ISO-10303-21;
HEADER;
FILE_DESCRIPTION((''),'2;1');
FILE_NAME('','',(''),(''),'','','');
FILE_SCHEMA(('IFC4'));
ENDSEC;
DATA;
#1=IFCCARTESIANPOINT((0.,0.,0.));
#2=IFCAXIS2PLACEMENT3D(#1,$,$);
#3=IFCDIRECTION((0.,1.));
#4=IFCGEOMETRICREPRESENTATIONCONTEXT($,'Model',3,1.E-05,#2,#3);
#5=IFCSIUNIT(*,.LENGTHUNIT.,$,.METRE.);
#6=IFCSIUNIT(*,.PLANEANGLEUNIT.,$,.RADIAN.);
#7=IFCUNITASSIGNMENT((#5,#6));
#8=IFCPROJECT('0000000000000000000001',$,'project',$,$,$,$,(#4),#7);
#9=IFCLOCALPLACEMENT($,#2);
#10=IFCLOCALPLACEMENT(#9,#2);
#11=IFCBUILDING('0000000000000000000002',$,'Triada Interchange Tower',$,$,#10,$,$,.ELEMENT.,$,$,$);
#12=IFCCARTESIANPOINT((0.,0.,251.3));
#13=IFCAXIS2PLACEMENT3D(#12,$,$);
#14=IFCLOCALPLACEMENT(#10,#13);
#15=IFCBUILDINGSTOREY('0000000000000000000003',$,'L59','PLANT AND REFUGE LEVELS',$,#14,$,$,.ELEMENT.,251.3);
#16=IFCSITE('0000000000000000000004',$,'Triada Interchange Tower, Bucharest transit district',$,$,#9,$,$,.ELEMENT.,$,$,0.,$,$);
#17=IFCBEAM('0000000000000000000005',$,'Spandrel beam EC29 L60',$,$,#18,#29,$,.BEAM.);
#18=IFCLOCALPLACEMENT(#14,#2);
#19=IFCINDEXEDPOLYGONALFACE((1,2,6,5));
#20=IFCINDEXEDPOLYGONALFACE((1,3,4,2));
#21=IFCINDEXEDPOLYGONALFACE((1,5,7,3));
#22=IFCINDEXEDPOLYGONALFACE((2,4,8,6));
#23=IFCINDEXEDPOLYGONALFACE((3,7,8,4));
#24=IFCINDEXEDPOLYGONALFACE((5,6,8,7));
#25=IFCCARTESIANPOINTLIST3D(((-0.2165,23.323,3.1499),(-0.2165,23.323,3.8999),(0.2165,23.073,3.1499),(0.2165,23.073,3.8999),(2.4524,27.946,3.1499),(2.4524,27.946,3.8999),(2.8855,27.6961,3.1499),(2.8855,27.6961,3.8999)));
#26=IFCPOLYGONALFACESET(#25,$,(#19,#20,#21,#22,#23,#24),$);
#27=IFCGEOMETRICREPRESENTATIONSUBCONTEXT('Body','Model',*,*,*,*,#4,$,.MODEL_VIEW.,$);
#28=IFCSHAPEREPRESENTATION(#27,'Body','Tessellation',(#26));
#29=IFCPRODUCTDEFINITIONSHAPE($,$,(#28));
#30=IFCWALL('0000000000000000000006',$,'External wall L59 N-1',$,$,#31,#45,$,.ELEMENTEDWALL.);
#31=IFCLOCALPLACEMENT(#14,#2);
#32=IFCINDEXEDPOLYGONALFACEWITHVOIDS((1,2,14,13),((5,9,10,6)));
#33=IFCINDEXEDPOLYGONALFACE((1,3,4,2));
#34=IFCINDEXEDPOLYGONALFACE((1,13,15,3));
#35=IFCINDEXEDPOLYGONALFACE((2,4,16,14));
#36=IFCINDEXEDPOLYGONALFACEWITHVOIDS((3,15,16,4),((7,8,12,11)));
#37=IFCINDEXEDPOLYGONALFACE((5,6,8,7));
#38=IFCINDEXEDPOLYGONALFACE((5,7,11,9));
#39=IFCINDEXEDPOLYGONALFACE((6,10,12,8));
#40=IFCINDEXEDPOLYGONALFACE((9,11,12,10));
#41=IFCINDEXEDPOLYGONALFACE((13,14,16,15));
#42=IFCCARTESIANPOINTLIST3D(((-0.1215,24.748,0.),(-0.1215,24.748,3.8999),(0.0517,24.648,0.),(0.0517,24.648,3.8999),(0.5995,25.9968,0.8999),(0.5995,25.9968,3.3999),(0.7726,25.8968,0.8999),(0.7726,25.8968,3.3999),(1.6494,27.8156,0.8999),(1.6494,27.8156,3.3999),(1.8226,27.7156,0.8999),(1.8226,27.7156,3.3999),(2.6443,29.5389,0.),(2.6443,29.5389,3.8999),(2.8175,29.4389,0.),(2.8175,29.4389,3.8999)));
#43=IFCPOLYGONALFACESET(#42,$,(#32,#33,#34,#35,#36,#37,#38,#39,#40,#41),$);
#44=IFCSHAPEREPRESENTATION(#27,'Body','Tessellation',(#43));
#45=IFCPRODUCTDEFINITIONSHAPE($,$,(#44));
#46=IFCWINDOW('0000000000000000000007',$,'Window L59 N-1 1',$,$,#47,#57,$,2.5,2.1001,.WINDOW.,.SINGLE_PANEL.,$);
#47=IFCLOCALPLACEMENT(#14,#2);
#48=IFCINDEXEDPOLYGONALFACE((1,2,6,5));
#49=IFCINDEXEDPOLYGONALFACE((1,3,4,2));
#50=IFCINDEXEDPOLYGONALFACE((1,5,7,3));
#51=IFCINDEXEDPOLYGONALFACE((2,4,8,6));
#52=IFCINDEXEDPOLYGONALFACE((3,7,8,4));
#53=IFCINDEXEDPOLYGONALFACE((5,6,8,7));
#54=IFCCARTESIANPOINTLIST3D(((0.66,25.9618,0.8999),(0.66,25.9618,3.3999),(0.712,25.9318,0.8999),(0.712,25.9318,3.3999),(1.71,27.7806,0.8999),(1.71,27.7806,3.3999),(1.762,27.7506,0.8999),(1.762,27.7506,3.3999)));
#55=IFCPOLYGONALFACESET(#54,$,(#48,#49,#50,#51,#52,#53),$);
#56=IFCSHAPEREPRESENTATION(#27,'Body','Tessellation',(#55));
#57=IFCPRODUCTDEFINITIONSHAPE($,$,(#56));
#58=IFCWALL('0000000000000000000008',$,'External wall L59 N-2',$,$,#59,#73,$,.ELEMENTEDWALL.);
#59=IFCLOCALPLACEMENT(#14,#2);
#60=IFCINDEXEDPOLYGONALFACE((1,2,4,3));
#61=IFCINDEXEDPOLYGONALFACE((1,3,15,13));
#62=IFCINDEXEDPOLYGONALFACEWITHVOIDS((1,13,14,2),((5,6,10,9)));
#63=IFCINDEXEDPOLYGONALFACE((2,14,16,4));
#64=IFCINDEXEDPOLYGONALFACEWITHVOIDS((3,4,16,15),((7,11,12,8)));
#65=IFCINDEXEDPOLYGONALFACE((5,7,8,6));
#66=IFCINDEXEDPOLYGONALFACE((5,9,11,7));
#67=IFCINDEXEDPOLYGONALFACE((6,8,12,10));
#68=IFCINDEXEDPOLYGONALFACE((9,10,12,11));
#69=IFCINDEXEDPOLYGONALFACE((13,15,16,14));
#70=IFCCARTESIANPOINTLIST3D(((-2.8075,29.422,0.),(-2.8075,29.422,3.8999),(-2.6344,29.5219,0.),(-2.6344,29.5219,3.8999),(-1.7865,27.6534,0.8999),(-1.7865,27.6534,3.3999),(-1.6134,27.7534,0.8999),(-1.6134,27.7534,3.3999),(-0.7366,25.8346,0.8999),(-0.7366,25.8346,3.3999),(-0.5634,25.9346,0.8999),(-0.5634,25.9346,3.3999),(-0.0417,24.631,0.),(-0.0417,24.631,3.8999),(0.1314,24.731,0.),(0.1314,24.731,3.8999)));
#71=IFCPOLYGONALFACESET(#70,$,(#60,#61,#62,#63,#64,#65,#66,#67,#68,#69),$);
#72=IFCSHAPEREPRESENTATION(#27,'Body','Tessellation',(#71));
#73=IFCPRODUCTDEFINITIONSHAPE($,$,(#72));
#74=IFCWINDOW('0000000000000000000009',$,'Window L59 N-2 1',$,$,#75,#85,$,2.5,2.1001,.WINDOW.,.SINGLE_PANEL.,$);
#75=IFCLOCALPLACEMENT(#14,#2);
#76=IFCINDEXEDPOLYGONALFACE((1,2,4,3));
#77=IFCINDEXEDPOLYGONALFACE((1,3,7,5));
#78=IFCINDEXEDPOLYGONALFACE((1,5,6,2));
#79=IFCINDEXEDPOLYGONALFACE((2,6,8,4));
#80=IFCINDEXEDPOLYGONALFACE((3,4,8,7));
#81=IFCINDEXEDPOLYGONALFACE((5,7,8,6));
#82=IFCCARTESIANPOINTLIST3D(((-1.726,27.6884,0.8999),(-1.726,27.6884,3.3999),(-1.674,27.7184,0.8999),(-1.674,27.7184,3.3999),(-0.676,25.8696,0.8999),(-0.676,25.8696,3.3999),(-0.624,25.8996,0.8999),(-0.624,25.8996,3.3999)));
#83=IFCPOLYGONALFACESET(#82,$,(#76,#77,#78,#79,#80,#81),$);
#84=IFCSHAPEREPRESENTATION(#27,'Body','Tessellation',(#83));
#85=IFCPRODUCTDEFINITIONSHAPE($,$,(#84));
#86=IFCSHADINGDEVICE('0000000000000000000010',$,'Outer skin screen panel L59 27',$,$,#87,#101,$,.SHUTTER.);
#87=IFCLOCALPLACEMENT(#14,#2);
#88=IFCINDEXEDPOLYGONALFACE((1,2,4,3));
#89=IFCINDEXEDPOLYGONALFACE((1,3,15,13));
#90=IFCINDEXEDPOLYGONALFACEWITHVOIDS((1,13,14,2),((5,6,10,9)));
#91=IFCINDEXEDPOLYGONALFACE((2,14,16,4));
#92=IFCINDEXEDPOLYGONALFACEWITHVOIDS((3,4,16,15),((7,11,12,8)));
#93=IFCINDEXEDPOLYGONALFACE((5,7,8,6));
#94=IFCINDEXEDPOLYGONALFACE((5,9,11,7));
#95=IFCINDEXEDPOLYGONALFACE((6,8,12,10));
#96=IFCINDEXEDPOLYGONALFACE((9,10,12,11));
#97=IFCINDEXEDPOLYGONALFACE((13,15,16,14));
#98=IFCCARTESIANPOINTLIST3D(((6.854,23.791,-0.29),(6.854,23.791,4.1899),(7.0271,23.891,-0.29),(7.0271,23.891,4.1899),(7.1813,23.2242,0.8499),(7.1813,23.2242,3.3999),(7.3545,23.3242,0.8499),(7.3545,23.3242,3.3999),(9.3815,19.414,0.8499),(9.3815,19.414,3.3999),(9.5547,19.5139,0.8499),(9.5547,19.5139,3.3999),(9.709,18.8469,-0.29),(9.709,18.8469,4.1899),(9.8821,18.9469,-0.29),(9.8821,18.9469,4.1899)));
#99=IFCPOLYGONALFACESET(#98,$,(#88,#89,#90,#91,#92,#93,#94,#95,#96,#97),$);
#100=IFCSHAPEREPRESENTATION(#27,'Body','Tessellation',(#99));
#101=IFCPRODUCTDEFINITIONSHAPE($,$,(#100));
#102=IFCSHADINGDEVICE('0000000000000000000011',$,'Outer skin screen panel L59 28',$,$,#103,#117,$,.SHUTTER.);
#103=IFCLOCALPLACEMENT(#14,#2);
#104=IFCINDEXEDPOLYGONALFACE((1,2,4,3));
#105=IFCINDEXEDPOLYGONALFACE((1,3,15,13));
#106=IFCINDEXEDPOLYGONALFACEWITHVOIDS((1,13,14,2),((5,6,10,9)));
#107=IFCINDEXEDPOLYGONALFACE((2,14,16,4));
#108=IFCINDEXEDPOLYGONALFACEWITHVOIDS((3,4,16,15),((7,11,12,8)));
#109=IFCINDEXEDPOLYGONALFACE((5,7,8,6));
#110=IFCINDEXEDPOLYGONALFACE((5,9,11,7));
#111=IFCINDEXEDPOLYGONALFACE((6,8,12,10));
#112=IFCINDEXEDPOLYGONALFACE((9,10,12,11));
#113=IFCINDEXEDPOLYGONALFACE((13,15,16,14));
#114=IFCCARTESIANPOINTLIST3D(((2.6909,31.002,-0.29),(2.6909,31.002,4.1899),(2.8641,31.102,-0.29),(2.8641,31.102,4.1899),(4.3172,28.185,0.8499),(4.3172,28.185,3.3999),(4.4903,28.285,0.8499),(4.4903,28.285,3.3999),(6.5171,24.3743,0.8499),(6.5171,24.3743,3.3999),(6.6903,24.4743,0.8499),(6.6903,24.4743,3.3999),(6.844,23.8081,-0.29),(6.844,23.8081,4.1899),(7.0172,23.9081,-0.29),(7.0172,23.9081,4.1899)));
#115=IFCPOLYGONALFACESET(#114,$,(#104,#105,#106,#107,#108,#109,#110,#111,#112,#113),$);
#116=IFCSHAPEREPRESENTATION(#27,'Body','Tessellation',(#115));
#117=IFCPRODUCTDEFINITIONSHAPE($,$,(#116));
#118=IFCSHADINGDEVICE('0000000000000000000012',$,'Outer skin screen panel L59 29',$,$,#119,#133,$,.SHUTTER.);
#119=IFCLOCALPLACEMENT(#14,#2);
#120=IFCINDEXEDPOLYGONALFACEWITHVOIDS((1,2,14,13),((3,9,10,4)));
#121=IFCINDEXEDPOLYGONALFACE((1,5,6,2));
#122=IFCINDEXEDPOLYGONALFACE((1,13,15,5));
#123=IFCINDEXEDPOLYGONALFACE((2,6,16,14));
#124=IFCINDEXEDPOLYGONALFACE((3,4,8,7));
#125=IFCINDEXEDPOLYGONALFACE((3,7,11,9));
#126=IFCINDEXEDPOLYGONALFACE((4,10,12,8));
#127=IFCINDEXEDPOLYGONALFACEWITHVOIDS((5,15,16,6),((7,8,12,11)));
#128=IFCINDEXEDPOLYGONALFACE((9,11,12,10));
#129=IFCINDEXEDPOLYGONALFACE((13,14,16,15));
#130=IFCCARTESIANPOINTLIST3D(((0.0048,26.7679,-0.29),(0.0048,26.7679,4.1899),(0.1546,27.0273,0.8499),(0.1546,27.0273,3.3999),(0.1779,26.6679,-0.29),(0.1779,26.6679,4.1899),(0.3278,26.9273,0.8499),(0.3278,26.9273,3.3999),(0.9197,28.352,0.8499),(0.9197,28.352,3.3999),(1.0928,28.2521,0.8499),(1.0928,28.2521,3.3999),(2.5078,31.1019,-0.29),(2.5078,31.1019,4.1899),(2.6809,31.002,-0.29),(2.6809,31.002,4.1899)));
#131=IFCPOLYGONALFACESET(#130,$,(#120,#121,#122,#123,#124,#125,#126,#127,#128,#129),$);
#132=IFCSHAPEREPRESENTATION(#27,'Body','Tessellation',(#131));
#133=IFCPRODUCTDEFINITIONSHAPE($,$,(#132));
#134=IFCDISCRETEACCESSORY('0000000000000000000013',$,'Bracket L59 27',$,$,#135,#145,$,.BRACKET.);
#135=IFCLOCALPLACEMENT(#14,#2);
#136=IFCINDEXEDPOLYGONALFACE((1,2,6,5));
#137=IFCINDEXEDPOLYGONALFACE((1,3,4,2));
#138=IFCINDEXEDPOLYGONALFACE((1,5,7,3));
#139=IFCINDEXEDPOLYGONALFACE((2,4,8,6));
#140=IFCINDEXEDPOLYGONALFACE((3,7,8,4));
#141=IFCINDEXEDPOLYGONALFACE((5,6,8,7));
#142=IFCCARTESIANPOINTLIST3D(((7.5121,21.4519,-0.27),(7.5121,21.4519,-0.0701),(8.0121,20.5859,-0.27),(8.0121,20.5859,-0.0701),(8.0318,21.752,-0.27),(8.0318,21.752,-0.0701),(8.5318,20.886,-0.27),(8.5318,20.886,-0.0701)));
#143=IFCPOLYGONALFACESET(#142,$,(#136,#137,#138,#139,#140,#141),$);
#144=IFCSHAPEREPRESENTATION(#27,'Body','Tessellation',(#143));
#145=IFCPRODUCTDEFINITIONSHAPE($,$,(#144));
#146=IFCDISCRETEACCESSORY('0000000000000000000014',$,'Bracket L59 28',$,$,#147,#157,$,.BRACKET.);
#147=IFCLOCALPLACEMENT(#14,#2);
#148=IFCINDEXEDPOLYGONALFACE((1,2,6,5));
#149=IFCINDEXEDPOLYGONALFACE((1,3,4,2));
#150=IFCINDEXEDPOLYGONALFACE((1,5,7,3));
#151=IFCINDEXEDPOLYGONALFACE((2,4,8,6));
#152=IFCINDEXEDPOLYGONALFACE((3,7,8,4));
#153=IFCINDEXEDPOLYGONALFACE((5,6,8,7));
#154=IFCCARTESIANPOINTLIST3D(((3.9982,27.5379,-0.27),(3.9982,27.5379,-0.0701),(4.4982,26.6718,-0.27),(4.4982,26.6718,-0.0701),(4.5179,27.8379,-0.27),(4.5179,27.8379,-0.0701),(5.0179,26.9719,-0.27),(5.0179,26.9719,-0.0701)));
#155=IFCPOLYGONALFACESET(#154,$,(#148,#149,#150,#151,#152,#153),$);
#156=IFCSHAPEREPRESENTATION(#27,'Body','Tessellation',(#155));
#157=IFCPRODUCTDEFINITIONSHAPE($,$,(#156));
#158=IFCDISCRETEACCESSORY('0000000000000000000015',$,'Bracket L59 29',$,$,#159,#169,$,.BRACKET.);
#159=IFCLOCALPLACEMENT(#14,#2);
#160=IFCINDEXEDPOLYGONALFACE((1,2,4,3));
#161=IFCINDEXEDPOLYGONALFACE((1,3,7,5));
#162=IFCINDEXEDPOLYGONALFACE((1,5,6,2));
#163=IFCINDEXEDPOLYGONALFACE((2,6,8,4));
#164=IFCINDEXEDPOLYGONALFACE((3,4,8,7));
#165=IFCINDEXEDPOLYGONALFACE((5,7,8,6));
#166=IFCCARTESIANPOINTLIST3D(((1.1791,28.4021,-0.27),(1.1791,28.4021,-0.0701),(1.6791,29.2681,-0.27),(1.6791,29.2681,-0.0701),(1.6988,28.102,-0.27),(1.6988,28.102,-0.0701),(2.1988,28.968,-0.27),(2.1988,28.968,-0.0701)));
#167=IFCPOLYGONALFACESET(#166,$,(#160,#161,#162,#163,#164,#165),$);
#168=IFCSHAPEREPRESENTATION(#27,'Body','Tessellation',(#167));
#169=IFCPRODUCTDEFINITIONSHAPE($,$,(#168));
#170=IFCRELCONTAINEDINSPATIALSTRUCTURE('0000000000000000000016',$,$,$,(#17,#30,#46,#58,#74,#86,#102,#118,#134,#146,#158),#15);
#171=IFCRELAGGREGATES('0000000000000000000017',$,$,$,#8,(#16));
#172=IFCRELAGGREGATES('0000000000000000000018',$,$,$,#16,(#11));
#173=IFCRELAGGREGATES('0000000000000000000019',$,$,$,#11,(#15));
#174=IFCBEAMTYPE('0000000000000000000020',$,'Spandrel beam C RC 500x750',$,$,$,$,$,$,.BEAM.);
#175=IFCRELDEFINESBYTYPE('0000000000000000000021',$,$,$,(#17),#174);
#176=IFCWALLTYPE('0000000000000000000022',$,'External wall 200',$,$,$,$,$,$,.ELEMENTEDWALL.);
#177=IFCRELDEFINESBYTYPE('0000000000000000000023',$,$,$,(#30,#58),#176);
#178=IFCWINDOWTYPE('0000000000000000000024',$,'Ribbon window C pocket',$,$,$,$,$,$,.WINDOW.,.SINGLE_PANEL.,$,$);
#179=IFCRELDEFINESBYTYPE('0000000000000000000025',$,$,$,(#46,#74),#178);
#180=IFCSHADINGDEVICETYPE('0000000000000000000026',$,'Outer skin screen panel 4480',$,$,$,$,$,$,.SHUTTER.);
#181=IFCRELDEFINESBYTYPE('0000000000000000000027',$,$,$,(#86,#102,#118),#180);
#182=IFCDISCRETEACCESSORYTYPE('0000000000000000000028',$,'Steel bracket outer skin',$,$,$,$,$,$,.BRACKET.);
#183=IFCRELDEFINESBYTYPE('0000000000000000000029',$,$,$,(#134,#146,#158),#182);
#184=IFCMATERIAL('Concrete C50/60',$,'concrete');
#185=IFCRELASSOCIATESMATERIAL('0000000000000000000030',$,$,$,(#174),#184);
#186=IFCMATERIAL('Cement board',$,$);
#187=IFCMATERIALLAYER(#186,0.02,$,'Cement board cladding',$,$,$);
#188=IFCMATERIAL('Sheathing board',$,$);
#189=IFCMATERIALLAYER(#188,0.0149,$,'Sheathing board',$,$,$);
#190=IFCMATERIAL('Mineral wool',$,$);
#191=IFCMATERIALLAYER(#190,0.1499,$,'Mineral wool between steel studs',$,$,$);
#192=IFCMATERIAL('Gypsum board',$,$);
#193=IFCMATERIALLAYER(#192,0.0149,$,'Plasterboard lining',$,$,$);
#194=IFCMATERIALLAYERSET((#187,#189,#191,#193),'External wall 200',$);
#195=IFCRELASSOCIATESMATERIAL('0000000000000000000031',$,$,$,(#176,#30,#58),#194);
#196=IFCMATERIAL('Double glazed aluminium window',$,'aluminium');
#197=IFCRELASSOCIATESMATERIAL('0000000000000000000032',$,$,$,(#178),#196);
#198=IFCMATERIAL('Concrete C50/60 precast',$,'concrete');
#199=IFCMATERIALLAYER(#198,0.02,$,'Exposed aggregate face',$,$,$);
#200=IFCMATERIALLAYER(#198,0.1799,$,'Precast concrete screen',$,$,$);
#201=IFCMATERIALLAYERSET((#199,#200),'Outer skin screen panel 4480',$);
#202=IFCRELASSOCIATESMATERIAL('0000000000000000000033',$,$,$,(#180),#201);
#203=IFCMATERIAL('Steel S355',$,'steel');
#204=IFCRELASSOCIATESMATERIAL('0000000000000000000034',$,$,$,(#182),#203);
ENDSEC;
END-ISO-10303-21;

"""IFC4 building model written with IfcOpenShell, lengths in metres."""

from ifc_helpers import new_model, si_unit, direction, frame, frame_2d, origin, origin_2d, place, context, subcontext, project, spatial, polyline, rectangle, outline, extrude, material, layer, layer_set, layer_usage, material_profile, profile_set, type_object, element, fill, save


model = new_model("IFC4")

# Units and contexts
model_context = context("Model", 3, precision=1e-05, world=origin(), true_north=direction((0.0, 1.0)))
body_context = subcontext(model_context, "Body", "Model", "MODEL_VIEW")
ifc_project = project(units=[si_unit("LENGTHUNIT", "METRE"), si_unit("PLANEANGLEUNIT", "RADIAN")], contexts=[model_context])

# Site, building, storey
site_placement = place(None, origin())
site = spatial("IfcSite", under=ifc_project, at=site_placement, Name="Triada Interchange Tower, Bucharest transit district", CompositionType="ELEMENT", RefElevation=0.0)
building_placement = place(site_placement, origin())
building = spatial("IfcBuilding", under=site, at=building_placement, Name="Triada Interchange Tower", CompositionType="ELEMENT")
storey_placement = place(building_placement, frame((0.0, 0.0, 251.3)))
storey = spatial("IfcBuildingStorey", under=building, at=storey_placement, Name="L59", Description="PLANT AND REFUGE LEVELS", CompositionType="ELEMENT", Elevation=251.3)

# Shared definitions
ifc_material_1 = material(Name="Concrete C50/60", Category="concrete")

# Shared definitions
ifc_material_2 = material(Name="Steel S355", Category="steel")

# Beam
ifc_material_profile_1 = material_profile(ifc_material_1, rectangle(XDim=0.5, YDim=0.75, at=origin_2d()), Name="RC 500x750")
ifc_profile_set_1 = profile_set([ifc_material_profile_1], Name="Concrete C50/60")
beam_type_1 = type_object("IfcBeamType", Name="Spandrel beam C RC 500x750", PredefinedType="BEAM", material=ifc_profile_set_1)
beam_1_placement = place(storey_placement, frame((2.6689, 27.821, 3.5249), z_axis=(-0.499976, -0.866039, 0.0), x_axis=(0.866039, -0.499976, 0.0)))
element("IfcBeam", 1, at=beam_1_placement, inside=storey, type_object=beam_type_1, Name="Spandrel beam EC29 L60", PredefinedType="BEAM", context=body_context, shape_type="SweptSolid", body=[
    extrude(rectangle(XDim=0.5, YDim=0.75, at=origin_2d()), origin(), (0.0, 0.0, 1.0), 5.3381),
])

# Walls, openings, windows
ifc_material_3 = material(Name="Cement board")
ifc_layer_1 = layer(ifc_material_3, 0.02, Name="Cement board cladding")
ifc_material_4 = material(Name="Sheathing board")
ifc_layer_2 = layer(ifc_material_4, 0.0149, Name="Sheathing board")
ifc_material_5 = material(Name="Mineral wool")
ifc_layer_3 = layer(ifc_material_5, 0.1499, Name="Mineral wool between steel studs")
ifc_material_6 = material(Name="Gypsum board")
ifc_layer_4 = layer(ifc_material_6, 0.0149, Name="Plasterboard lining")
ifc_layer_set_1 = layer_set([ifc_layer_1, ifc_layer_2, ifc_layer_3, ifc_layer_4], Name="External wall 200")
ifc_layer_usage = layer_usage(ifc_layer_set_1, "AXIS2", "POSITIVE", -0.1001)
wall_type = type_object("IfcWallType", Name="External wall 200", PredefinedType="ELEMENTEDWALL", material=ifc_layer_set_1)
wall_1_placement = place(storey_placement, frame((2.731, 29.489, 0.0), z_axis=(0.0, 0.0, 1.0), x_axis=(-0.499969, -0.866043, 0.0)))
wall_1 = element("IfcWall", 2, at=wall_1_placement, inside=storey, type_object=wall_type, material=ifc_layer_usage, Name="External wall L59 N-1", PredefinedType="ELEMENTEDWALL", context=body_context, shape_type="SweptSolid", body=[
    extrude(rectangle(XDim=5.532, YDim=0.2, at=frame_2d((2.7661, 0.0))), origin(), (0.0, 0.0, 1.0), 3.8999),
])
opening_1_placement = place(wall_1_placement, frame((1.99, 0.0, 0.8999)))
opening_1 = element("IfcOpeningElement", 3, at=opening_1_placement, cuts=wall_1, PredefinedType="OPENING", context=body_context, shape_type="SweptSolid", body=[
    extrude(rectangle(XDim=2.1001, YDim=2.5, at=frame_2d((1.05, 1.25))), frame((0.0, 0.1099, 0.0), z_axis=(0.0, -1.0, 0.0), x_axis=(1.0, 0.0, 0.0)), (0.0, 0.0, 1.0), 0.22),
])
ifc_material_7 = material(Name="Double glazed aluminium window", Category="aluminium")
window_type = type_object("IfcWindowType", Name="Ribbon window C pocket", PartitioningType="SINGLE_PANEL", PredefinedType="WINDOW", material=ifc_material_7)
window_1_placement = place(opening_1_placement, origin())
window_1 = element("IfcWindow", 4, at=window_1_placement, inside=storey, type_object=window_type, Name="Window L59 N-1 1", OverallHeight=2.5, OverallWidth=2.1001, PartitioningType="SINGLE_PANEL", PredefinedType="WINDOW", context=body_context, shape_type="SweptSolid", body=[
    extrude(rectangle(XDim=2.1001, YDim=2.5, at=frame_2d((1.05, 1.25))), frame((0.0, 0.03, 0.0), z_axis=(0.0, -1.0, 0.0), x_axis=(1.0, 0.0, 0.0)), (0.0, 0.0, 1.0), 0.0601),
])
fill(opening_1, window_1)
wall_2_placement = place(storey_placement, frame((0.0449, 24.6809, 0.0), z_axis=(0.0, 0.0, 1.0), x_axis=(-0.499969, 0.866043, 0.0)))
wall_2 = element("IfcWall", 5, at=wall_2_placement, inside=storey, type_object=wall_type, material=ifc_layer_usage, Name="External wall L59 N-2", PredefinedType="ELEMENTEDWALL", context=body_context, shape_type="SweptSolid", body=[
    extrude(rectangle(XDim=5.532, YDim=0.2, at=frame_2d((2.7661, 0.0))), origin(), (0.0, 0.0, 1.0), 3.8999),
])
opening_2_placement = place(wall_2_placement, frame((1.3899, 0.0, 0.8999)))
opening_2 = element("IfcOpeningElement", 6, at=opening_2_placement, cuts=wall_2, PredefinedType="OPENING", context=body_context, shape_type="SweptSolid", body=[
    extrude(rectangle(XDim=2.1001, YDim=2.5, at=frame_2d((1.05, 1.25))), frame((0.0, 0.1099, 0.0), z_axis=(0.0, -1.0, 0.0), x_axis=(1.0, 0.0, 0.0)), (0.0, 0.0, 1.0), 0.22),
])
window_2_placement = place(opening_2_placement, origin())
window_2 = element("IfcWindow", 7, at=window_2_placement, inside=storey, type_object=window_type, Name="Window L59 N-2 1", OverallHeight=2.5, OverallWidth=2.1001, PartitioningType="SINGLE_PANEL", PredefinedType="WINDOW", context=body_context, shape_type="SweptSolid", body=[
    extrude(rectangle(XDim=2.1001, YDim=2.5, at=frame_2d((1.05, 1.25))), frame((0.0, 0.03, 0.0), z_axis=(0.0, -1.0, 0.0), x_axis=(1.0, 0.0, 0.0)), (0.0, 0.0, 1.0), 0.0601),
])
fill(opening_2, window_2)

# Shading devices
ifc_material_8 = material(Name="Concrete C50/60 precast", Category="concrete")
ifc_layer_5 = layer(ifc_material_8, 0.02, Name="Exposed aggregate face")
ifc_layer_6 = layer(ifc_material_8, 0.1799, Name="Precast concrete screen")
ifc_layer_set_2 = layer_set([ifc_layer_5, ifc_layer_6], Name="Outer skin screen panel 4480")
shading_device_type = type_object("IfcShadingDeviceType", Name="Outer skin screen panel 4480", PredefinedType="SHUTTER", material=ifc_layer_set_2)
shading_device_1_placement = place(storey_placement, frame((9.709, 18.8469, -0.29), z_axis=(0.0, 0.0, 1.0), x_axis=(-0.500067, 0.865987, 0.0)))
element("IfcShadingDevice", 8, at=shading_device_1_placement, inside=storey, type_object=shading_device_type, Name="Outer skin screen panel L59 27", PredefinedType="SHUTTER", context=body_context, shape_type="SweptSolid", body=[
    extrude(outline(polyline([(0.0, 0.0), (5.7092, 0.0), (5.7092, 4.48), (0.0, 4.48), (0.0, 0.0)]), holes=[polyline([(0.6548, 1.1399), (0.6548, 3.6899), (5.0547, 3.6899), (5.0547, 1.1399), (0.6548, 1.1399)])]), frame((0.0, 0.0, 0.0), z_axis=(0.0, -1.0, 0.0), x_axis=(1.0, 0.0, 0.0)), (0.0, 0.0, 1.0), 0.2),
])
shading_device_2_placement = place(storey_placement, frame((6.844, 23.8081, -0.29), z_axis=(0.0, 0.0, 1.0), x_axis=(-0.499973, 0.866041, 0.0)))
element("IfcShadingDevice", 9, at=shading_device_2_placement, inside=storey, type_object=shading_device_type, Name="Outer skin screen panel L59 28", PredefinedType="SHUTTER", context=body_context, shape_type="SweptSolid", body=[
    extrude(outline(polyline([(0.0, 0.0), (8.3066, 0.0), (8.3066, 4.48), (0.0, 4.48), (0.0, 0.0)]), holes=[polyline([(0.6538, 1.1399), (0.6538, 3.6899), (5.054, 3.6899), (5.054, 1.1399), (0.6538, 1.1399)])]), frame((0.0, 0.0, 0.0), z_axis=(0.0, -1.0, 0.0), x_axis=(1.0, 0.0, 0.0)), (0.0, 0.0, 1.0), 0.2),
])
shading_device_3_placement = place(storey_placement, frame((2.6809, 31.002, -0.29), z_axis=(0.0, 0.0, 1.0), x_axis=(-0.500105, -0.865965, 0.0)))
element("IfcShadingDevice", 10, at=shading_device_3_placement, inside=storey, type_object=shading_device_type, Name="Outer skin screen panel L59 29", PredefinedType="SHUTTER", context=body_context, shape_type="SweptSolid", body=[
    extrude(outline(polyline([(0.0, 0.0), (5.0049, 0.0), (5.0049, 4.48), (0.0, 4.48), (0.0, 0.0)]), holes=[polyline([(3.1755, 1.1399), (3.1755, 3.6899), (4.7053, 3.6899), (4.7053, 1.1399), (3.1755, 1.1399)])]), frame((0.0, 0.0, 0.0), z_axis=(0.0, -1.0, 0.0), x_axis=(1.0, 0.0, 0.0)), (0.0, 0.0, 1.0), 0.2),
])

# Discrete accessories
discrete_accessory_type = type_object("IfcDiscreteAccessoryType", Name="Steel bracket outer skin", PredefinedType="BRACKET", material=ifc_material_2)
for number, where, z_axis, x_axis, name in (
    (11, (8.022, 21.1689, -0.27), (0.0, 0.0, 1.0), (0.866024, 0.500002, 0.0), "Bracket L59 27"),
    (12, (4.5081, 27.2549, -0.27), (0.0, 0.0, 1.0), (0.866024, 0.500002, 0.0), "Bracket L59 28"),
    (13, (1.689, 28.6851, -0.27), (0.0, 0.0, 1.0), (-0.866012, 0.500023, 0.0), "Bracket L59 29"),
):
    element("IfcDiscreteAccessory", number, at=place(storey_placement, frame(where, z_axis=z_axis, x_axis=x_axis)), inside=storey, type_object=discrete_accessory_type, Name=name, PredefinedType="BRACKET", context=body_context, shape_type="SweptSolid", body=[
        extrude(rectangle(XDim=0.6001, YDim=1.0, at=origin_2d()), origin(), (0.0, 0.0, 1.0), 0.2),
    ])

save(model, "model.ifc")
